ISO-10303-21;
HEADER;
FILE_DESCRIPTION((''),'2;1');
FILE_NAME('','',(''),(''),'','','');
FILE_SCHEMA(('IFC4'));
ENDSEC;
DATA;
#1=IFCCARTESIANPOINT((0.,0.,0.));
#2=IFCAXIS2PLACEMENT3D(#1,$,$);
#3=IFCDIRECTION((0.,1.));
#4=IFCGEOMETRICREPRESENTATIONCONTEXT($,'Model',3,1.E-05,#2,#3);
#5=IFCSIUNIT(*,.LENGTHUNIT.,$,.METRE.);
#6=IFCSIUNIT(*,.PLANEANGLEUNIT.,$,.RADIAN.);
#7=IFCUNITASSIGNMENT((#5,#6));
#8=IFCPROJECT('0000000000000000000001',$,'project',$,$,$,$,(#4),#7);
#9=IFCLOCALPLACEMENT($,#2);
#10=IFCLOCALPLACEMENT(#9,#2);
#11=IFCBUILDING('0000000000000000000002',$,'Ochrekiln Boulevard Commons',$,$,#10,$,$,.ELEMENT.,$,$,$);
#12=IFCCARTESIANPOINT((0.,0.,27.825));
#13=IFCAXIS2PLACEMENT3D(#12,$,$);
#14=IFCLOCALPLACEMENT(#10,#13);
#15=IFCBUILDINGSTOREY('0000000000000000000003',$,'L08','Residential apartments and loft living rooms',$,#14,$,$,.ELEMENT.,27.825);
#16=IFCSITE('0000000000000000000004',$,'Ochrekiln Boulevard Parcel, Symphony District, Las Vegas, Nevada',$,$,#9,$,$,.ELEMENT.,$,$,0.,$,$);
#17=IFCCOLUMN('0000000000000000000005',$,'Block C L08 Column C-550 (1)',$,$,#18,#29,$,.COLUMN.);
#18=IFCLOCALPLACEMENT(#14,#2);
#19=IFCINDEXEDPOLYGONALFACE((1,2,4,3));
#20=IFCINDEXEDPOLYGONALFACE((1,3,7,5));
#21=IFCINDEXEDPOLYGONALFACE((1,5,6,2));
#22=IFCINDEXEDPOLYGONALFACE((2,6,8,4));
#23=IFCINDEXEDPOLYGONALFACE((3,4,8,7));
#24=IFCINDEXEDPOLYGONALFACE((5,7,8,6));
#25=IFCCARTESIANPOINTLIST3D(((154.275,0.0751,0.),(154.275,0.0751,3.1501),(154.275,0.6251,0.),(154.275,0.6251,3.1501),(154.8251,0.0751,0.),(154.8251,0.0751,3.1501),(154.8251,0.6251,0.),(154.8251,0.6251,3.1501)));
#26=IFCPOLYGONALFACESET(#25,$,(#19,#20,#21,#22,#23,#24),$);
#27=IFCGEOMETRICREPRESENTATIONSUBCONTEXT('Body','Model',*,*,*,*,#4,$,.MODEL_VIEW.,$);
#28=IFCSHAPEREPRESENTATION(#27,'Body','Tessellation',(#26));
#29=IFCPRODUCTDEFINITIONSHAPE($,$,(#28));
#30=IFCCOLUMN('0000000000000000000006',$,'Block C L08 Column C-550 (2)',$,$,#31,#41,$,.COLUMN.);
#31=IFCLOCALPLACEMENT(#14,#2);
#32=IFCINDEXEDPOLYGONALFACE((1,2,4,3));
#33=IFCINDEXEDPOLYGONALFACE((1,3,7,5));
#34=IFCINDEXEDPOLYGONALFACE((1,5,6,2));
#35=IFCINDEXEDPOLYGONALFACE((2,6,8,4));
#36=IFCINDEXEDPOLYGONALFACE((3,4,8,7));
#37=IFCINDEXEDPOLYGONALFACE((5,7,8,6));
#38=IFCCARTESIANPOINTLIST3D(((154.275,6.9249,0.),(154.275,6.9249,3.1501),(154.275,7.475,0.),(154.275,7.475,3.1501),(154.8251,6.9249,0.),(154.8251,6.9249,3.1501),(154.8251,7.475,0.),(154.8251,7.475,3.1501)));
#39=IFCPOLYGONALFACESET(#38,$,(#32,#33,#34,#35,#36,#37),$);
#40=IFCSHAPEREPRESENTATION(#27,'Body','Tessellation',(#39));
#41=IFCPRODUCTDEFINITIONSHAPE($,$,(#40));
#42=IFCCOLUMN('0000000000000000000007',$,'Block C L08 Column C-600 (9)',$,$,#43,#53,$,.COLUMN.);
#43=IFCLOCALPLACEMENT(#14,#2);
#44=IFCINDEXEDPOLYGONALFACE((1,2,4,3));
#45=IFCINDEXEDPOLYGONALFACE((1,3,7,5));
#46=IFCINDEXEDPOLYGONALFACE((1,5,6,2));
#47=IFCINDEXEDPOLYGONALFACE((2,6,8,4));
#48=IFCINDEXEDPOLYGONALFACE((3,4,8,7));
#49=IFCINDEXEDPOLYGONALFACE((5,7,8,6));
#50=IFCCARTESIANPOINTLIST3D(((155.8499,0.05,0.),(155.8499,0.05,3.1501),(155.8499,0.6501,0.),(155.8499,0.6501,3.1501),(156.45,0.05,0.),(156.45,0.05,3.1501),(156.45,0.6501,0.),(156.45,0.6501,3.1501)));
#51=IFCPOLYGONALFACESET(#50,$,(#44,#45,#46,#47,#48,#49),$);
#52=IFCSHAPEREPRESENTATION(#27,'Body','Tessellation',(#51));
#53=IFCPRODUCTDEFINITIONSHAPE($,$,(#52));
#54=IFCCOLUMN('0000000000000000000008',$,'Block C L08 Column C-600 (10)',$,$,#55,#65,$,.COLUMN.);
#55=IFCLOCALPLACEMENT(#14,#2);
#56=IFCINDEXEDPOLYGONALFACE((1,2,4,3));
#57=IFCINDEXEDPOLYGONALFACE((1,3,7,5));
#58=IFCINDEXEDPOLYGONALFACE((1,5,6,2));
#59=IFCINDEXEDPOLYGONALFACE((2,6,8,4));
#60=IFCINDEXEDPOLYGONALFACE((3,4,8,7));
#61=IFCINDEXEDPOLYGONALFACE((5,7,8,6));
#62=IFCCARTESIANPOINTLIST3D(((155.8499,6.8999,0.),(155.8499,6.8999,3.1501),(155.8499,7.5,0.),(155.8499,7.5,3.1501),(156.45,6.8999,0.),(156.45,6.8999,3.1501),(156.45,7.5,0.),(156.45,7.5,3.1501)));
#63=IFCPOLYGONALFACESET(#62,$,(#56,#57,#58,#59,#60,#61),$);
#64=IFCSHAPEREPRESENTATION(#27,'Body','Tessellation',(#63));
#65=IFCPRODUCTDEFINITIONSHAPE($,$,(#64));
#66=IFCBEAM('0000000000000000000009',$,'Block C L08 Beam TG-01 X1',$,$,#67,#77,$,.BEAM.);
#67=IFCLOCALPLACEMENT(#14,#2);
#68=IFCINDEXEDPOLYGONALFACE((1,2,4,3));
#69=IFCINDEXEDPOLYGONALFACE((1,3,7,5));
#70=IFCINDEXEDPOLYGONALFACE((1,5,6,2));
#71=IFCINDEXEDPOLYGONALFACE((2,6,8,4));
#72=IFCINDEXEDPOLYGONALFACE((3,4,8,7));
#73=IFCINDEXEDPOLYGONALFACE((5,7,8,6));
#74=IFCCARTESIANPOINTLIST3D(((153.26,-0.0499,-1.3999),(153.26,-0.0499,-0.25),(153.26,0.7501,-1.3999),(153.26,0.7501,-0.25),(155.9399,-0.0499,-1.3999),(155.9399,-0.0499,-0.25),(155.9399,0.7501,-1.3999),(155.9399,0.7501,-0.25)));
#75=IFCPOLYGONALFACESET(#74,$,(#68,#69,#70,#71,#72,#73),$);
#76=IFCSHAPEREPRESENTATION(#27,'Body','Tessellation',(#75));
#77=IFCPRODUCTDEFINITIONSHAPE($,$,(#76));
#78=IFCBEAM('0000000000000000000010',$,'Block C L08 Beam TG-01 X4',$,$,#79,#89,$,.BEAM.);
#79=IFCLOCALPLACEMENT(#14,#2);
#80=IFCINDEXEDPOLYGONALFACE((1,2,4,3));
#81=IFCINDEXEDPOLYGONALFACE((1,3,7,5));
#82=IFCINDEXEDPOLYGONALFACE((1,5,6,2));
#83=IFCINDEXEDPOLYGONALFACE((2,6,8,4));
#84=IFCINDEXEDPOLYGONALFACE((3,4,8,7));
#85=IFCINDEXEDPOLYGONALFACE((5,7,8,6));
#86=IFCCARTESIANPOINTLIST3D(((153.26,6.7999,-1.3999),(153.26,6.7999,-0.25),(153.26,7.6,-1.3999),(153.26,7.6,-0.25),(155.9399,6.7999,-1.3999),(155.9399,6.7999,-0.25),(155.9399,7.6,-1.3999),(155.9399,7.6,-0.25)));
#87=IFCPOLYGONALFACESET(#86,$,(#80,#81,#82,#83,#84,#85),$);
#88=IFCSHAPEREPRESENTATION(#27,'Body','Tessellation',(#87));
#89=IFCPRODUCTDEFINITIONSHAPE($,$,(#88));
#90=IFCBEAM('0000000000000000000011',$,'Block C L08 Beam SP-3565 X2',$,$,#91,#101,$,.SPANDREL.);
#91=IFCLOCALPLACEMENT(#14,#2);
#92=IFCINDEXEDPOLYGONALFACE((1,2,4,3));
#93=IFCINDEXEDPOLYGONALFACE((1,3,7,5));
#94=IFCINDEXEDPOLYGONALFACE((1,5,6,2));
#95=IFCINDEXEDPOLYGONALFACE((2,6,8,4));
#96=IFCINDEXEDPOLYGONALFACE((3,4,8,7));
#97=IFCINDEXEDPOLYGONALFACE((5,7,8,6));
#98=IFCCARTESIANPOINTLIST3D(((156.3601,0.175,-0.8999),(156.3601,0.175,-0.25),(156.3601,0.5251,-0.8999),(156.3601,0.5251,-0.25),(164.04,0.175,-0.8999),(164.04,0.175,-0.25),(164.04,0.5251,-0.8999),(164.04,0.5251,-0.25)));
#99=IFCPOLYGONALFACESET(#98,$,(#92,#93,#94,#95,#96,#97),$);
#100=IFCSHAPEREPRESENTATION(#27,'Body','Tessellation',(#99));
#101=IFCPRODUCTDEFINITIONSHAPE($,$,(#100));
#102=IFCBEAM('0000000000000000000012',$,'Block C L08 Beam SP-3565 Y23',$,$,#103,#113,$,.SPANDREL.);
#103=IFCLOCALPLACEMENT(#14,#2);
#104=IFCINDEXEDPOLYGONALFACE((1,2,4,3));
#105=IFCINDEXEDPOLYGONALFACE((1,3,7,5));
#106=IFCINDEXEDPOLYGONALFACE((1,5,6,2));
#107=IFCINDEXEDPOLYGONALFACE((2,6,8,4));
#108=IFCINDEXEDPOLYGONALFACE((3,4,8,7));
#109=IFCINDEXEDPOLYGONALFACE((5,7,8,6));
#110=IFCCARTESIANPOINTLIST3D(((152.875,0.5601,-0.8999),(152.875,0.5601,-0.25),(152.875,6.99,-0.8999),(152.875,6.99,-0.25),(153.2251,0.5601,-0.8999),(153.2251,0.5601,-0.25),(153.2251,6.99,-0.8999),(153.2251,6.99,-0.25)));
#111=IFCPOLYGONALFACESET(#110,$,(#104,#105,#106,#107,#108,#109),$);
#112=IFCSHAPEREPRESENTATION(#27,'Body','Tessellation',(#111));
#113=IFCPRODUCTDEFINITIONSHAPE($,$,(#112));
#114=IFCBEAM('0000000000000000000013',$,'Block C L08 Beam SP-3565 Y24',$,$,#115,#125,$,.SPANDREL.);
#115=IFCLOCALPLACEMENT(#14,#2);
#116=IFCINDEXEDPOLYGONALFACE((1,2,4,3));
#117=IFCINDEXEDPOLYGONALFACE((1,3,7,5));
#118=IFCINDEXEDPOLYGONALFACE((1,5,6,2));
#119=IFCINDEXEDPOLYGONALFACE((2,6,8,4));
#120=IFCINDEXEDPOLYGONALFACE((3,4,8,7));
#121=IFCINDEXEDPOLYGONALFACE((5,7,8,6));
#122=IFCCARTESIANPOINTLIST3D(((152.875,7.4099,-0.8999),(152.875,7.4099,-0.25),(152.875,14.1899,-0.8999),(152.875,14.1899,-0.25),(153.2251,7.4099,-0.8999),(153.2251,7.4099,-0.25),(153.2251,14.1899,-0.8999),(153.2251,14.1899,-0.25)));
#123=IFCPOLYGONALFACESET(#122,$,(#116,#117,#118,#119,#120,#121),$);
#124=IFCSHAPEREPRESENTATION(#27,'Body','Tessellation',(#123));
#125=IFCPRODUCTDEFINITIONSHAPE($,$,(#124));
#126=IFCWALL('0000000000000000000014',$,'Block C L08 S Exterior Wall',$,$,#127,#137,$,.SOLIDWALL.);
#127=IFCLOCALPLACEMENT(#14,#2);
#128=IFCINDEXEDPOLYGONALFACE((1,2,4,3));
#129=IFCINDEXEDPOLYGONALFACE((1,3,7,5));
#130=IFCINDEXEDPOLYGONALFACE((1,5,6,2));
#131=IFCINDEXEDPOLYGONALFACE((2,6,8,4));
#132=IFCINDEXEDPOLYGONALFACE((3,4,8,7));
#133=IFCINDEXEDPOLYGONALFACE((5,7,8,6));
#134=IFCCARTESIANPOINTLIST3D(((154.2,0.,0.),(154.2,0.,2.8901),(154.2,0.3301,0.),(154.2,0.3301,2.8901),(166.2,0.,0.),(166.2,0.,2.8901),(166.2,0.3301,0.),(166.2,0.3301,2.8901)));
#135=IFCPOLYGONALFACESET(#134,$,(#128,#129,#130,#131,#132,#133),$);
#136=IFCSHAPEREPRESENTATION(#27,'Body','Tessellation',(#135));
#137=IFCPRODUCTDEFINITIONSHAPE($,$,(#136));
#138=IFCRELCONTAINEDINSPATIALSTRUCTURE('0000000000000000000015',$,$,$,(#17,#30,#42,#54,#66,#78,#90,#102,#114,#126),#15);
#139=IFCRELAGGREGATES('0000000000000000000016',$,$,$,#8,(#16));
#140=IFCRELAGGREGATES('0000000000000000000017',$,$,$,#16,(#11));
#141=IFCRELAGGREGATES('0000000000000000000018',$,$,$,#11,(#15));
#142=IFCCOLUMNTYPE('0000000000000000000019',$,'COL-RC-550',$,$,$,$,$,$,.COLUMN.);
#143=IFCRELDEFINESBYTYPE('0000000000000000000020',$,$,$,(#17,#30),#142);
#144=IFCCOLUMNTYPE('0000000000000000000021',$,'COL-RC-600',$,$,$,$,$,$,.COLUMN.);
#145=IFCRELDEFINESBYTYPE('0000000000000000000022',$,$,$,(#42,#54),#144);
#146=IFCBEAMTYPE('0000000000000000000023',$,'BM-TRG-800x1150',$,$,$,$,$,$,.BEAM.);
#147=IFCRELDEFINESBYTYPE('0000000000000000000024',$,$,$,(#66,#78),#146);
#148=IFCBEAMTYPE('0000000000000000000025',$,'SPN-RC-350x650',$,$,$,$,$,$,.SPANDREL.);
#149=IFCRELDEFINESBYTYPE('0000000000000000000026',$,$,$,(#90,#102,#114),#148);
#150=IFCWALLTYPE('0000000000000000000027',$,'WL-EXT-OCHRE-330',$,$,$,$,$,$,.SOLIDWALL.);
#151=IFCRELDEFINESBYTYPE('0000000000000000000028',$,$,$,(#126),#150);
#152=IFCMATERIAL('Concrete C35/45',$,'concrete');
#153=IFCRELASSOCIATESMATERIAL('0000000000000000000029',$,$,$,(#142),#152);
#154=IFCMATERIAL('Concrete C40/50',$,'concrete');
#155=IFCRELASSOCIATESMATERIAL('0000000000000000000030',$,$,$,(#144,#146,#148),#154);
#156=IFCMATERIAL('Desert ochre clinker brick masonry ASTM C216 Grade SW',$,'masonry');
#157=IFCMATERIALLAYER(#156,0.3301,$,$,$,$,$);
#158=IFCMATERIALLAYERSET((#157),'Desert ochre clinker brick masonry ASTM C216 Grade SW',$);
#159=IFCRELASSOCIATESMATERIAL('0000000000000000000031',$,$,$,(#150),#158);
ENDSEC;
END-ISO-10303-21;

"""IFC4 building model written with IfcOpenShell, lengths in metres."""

from ifc_helpers import new_model, si_unit, direction, frame, frame_2d, origin, origin_2d, place, context, subcontext, project, spatial, rectangle, extrude, material, layer, layer_set, material_profile, profile_set, type_object, element, save


model = new_model("IFC4")

# Units and contexts
model_context = context("Model", 3, precision=1e-05, world=origin(), true_north=direction((0.0, 1.0)))
body_context = subcontext(model_context, "Body", "Model", "MODEL_VIEW")
ifc_project = project(units=[si_unit("LENGTHUNIT", "METRE"), si_unit("PLANEANGLEUNIT", "RADIAN")], contexts=[model_context])

# Site, building, storey
site_placement = place(None, origin())
site = spatial("IfcSite", under=ifc_project, at=site_placement, Name="Ochrekiln Boulevard Parcel, Symphony District, Las Vegas, Nevada", CompositionType="ELEMENT", RefElevation=0.0)
building_placement = place(site_placement, origin())
building = spatial("IfcBuilding", under=site, at=building_placement, Name="Ochrekiln Boulevard Commons", CompositionType="ELEMENT")
storey_placement = place(building_placement, frame((0.0, 0.0, 27.825)))
storey = spatial("IfcBuildingStorey", under=building, at=storey_placement, Name="L08", Description="Residential apartments and loft living rooms", CompositionType="ELEMENT", Elevation=27.825)

# Columns
ifc_material_1 = material(Name="Concrete C35/45", Category="concrete")
ifc_material_profile_1 = material_profile(ifc_material_1, rectangle(XDim=0.55, YDim=0.55, at=origin_2d()), Name="RC-COL-550x550")
ifc_profile_set_1 = profile_set([ifc_material_profile_1], Name="Concrete C35/45")
column_type_1 = type_object("IfcColumnType", Name="COL-RC-550", PredefinedType="COLUMN", material=ifc_profile_set_1)
for number, where, z_axis, x_axis, name in (
    (1, (154.55, 0.3501, 0.0), (0.0, 0.0, 1.0), (1.0, 0.0, 0.0), "Block C L08 Column C-550 (1)"),
    (2, (154.55, 7.2, 0.0), (0.0, 0.0, 1.0), (1.0, 0.0, 0.0), "Block C L08 Column C-550 (2)"),
):
    element("IfcColumn", number, at=place(storey_placement, frame(where, z_axis=z_axis, x_axis=x_axis)), inside=storey, type_object=column_type_1, Name=name, PredefinedType="COLUMN", context=body_context, shape_type="SweptSolid", body=[
        extrude(rectangle(XDim=0.55, YDim=0.55, at=origin_2d()), origin(), (0.0, 0.0, 1.0), 3.1501),
    ])
ifc_material_2 = material(Name="Concrete C40/50", Category="concrete")
ifc_material_profile_2 = material_profile(ifc_material_2, rectangle(XDim=0.6001, YDim=0.6001, at=origin_2d()), Name="RC-COL-600x600")
ifc_profile_set_2 = profile_set([ifc_material_profile_2], Name="Concrete C40/50")
column_type_2 = type_object("IfcColumnType", Name="COL-RC-600", PredefinedType="COLUMN", material=ifc_profile_set_2)
for number, where, z_axis, x_axis, name in (
    (3, (156.1499, 0.3501, 0.0), (0.0, 0.0, 1.0), (1.0, 0.0, 0.0), "Block C L08 Column C-600 (9)"),
    (4, (156.1499, 7.2, 0.0), (0.0, 0.0, 1.0), (1.0, 0.0, 0.0), "Block C L08 Column C-600 (10)"),
):
    element("IfcColumn", number, at=place(storey_placement, frame(where, z_axis=z_axis, x_axis=x_axis)), inside=storey, type_object=column_type_2, Name=name, PredefinedType="COLUMN", context=body_context, shape_type="SweptSolid", body=[
        extrude(rectangle(XDim=0.6001, YDim=0.6001, at=origin_2d()), origin(), (0.0, 0.0, 1.0), 3.1501),
    ])

# Beams
ifc_material_profile_3 = material_profile(ifc_material_2, rectangle(XDim=0.8, YDim=1.1499, at=origin_2d()), Name="RC-TRG-800x1150")
ifc_profile_set_3 = profile_set([ifc_material_profile_3], Name="Concrete C40/50")
beam_type_1 = type_object("IfcBeamType", Name="BM-TRG-800x1150", PredefinedType="BEAM", material=ifc_profile_set_3)
for number, where, z_axis, x_axis, name in (
    (5, (153.26, 0.3501, -0.825), (1.0, 0.0, 0.0), (0.0, 1.0, 0.0), "Block C L08 Beam TG-01 X1"),
    (6, (153.26, 7.2, -0.825), (1.0, 0.0, 0.0), (0.0, 1.0, 0.0), "Block C L08 Beam TG-01 X4"),
):
    element("IfcBeam", number, at=place(storey_placement, frame(where, z_axis=z_axis, x_axis=x_axis)), inside=storey, type_object=beam_type_1, Name=name, PredefinedType="BEAM", context=body_context, shape_type="SweptSolid", body=[
        extrude(rectangle(XDim=0.8, YDim=1.1499, at=origin_2d()), origin(), (0.0, 0.0, 1.0), 2.6799),
    ])
ifc_material_profile_4 = material_profile(ifc_material_2, rectangle(XDim=0.3501, YDim=0.6499, at=origin_2d()), Name="RC-SPN-350x650")
ifc_profile_set_4 = profile_set([ifc_material_profile_4], Name="Concrete C40/50")
beam_type_2 = type_object("IfcBeamType", Name="SPN-RC-350x650", PredefinedType="SPANDREL", material=ifc_profile_set_4)
beam_1_placement = place(storey_placement, frame((156.3601, 0.3501, -0.575), z_axis=(1.0, 0.0, 0.0), x_axis=(0.0, 1.0, 0.0)))
element("IfcBeam", 7, at=beam_1_placement, inside=storey, type_object=beam_type_2, Name="Block C L08 Beam SP-3565 X2", PredefinedType="SPANDREL", context=body_context, shape_type="SweptSolid", body=[
    extrude(rectangle(XDim=0.3501, YDim=0.6499, at=origin_2d()), origin(), (0.0, 0.0, 1.0), 7.6799),
])
beam_2_placement = place(storey_placement, frame((153.05, 0.5601, -0.575), z_axis=(0.0, 1.0, 0.0), x_axis=(-1.0, 0.0, 0.0)))
element("IfcBeam", 8, at=beam_2_placement, inside=storey, type_object=beam_type_2, Name="Block C L08 Beam SP-3565 Y23", PredefinedType="SPANDREL", context=body_context, shape_type="SweptSolid", body=[
    extrude(rectangle(XDim=0.3501, YDim=0.6499, at=origin_2d()), origin(), (0.0, 0.0, 1.0), 6.4299),
])
beam_3_placement = place(storey_placement, frame((153.05, 7.4099, -0.575), z_axis=(0.0, 1.0, 0.0), x_axis=(-1.0, 0.0, 0.0)))
element("IfcBeam", 9, at=beam_3_placement, inside=storey, type_object=beam_type_2, Name="Block C L08 Beam SP-3565 Y24", PredefinedType="SPANDREL", context=body_context, shape_type="SweptSolid", body=[
    extrude(rectangle(XDim=0.3501, YDim=0.6499, at=origin_2d()), origin(), (0.0, 0.0, 1.0), 6.78),
])

# Wall
ifc_material_3 = material(Name="Desert ochre clinker brick masonry ASTM C216 Grade SW", Category="masonry")
ifc_layer_1 = layer(ifc_material_3, 0.3301)
ifc_layer_set_1 = layer_set([ifc_layer_1], Name="Desert ochre clinker brick masonry ASTM C216 Grade SW")
wall_type_1 = type_object("IfcWallType", Name="WL-EXT-OCHRE-330", PredefinedType="SOLIDWALL", material=ifc_layer_set_1)
wall_1_placement = place(storey_placement, frame((154.2, 0.165, 0.0), z_axis=(0.0, 0.0, 1.0), x_axis=(1.0, 0.0, 0.0)))
element("IfcWall", 10, at=wall_1_placement, inside=storey, type_object=wall_type_1, Name="Block C L08 S Exterior Wall", PredefinedType="SOLIDWALL", context=body_context, shape_type="SweptSolid", body=[
    extrude(rectangle(XDim=12.0, YDim=0.3301, at=frame_2d((6.0, 0.0))), origin(), (0.0, 0.0, 1.0), 2.8901),
])

save(model, "model.ifc")
